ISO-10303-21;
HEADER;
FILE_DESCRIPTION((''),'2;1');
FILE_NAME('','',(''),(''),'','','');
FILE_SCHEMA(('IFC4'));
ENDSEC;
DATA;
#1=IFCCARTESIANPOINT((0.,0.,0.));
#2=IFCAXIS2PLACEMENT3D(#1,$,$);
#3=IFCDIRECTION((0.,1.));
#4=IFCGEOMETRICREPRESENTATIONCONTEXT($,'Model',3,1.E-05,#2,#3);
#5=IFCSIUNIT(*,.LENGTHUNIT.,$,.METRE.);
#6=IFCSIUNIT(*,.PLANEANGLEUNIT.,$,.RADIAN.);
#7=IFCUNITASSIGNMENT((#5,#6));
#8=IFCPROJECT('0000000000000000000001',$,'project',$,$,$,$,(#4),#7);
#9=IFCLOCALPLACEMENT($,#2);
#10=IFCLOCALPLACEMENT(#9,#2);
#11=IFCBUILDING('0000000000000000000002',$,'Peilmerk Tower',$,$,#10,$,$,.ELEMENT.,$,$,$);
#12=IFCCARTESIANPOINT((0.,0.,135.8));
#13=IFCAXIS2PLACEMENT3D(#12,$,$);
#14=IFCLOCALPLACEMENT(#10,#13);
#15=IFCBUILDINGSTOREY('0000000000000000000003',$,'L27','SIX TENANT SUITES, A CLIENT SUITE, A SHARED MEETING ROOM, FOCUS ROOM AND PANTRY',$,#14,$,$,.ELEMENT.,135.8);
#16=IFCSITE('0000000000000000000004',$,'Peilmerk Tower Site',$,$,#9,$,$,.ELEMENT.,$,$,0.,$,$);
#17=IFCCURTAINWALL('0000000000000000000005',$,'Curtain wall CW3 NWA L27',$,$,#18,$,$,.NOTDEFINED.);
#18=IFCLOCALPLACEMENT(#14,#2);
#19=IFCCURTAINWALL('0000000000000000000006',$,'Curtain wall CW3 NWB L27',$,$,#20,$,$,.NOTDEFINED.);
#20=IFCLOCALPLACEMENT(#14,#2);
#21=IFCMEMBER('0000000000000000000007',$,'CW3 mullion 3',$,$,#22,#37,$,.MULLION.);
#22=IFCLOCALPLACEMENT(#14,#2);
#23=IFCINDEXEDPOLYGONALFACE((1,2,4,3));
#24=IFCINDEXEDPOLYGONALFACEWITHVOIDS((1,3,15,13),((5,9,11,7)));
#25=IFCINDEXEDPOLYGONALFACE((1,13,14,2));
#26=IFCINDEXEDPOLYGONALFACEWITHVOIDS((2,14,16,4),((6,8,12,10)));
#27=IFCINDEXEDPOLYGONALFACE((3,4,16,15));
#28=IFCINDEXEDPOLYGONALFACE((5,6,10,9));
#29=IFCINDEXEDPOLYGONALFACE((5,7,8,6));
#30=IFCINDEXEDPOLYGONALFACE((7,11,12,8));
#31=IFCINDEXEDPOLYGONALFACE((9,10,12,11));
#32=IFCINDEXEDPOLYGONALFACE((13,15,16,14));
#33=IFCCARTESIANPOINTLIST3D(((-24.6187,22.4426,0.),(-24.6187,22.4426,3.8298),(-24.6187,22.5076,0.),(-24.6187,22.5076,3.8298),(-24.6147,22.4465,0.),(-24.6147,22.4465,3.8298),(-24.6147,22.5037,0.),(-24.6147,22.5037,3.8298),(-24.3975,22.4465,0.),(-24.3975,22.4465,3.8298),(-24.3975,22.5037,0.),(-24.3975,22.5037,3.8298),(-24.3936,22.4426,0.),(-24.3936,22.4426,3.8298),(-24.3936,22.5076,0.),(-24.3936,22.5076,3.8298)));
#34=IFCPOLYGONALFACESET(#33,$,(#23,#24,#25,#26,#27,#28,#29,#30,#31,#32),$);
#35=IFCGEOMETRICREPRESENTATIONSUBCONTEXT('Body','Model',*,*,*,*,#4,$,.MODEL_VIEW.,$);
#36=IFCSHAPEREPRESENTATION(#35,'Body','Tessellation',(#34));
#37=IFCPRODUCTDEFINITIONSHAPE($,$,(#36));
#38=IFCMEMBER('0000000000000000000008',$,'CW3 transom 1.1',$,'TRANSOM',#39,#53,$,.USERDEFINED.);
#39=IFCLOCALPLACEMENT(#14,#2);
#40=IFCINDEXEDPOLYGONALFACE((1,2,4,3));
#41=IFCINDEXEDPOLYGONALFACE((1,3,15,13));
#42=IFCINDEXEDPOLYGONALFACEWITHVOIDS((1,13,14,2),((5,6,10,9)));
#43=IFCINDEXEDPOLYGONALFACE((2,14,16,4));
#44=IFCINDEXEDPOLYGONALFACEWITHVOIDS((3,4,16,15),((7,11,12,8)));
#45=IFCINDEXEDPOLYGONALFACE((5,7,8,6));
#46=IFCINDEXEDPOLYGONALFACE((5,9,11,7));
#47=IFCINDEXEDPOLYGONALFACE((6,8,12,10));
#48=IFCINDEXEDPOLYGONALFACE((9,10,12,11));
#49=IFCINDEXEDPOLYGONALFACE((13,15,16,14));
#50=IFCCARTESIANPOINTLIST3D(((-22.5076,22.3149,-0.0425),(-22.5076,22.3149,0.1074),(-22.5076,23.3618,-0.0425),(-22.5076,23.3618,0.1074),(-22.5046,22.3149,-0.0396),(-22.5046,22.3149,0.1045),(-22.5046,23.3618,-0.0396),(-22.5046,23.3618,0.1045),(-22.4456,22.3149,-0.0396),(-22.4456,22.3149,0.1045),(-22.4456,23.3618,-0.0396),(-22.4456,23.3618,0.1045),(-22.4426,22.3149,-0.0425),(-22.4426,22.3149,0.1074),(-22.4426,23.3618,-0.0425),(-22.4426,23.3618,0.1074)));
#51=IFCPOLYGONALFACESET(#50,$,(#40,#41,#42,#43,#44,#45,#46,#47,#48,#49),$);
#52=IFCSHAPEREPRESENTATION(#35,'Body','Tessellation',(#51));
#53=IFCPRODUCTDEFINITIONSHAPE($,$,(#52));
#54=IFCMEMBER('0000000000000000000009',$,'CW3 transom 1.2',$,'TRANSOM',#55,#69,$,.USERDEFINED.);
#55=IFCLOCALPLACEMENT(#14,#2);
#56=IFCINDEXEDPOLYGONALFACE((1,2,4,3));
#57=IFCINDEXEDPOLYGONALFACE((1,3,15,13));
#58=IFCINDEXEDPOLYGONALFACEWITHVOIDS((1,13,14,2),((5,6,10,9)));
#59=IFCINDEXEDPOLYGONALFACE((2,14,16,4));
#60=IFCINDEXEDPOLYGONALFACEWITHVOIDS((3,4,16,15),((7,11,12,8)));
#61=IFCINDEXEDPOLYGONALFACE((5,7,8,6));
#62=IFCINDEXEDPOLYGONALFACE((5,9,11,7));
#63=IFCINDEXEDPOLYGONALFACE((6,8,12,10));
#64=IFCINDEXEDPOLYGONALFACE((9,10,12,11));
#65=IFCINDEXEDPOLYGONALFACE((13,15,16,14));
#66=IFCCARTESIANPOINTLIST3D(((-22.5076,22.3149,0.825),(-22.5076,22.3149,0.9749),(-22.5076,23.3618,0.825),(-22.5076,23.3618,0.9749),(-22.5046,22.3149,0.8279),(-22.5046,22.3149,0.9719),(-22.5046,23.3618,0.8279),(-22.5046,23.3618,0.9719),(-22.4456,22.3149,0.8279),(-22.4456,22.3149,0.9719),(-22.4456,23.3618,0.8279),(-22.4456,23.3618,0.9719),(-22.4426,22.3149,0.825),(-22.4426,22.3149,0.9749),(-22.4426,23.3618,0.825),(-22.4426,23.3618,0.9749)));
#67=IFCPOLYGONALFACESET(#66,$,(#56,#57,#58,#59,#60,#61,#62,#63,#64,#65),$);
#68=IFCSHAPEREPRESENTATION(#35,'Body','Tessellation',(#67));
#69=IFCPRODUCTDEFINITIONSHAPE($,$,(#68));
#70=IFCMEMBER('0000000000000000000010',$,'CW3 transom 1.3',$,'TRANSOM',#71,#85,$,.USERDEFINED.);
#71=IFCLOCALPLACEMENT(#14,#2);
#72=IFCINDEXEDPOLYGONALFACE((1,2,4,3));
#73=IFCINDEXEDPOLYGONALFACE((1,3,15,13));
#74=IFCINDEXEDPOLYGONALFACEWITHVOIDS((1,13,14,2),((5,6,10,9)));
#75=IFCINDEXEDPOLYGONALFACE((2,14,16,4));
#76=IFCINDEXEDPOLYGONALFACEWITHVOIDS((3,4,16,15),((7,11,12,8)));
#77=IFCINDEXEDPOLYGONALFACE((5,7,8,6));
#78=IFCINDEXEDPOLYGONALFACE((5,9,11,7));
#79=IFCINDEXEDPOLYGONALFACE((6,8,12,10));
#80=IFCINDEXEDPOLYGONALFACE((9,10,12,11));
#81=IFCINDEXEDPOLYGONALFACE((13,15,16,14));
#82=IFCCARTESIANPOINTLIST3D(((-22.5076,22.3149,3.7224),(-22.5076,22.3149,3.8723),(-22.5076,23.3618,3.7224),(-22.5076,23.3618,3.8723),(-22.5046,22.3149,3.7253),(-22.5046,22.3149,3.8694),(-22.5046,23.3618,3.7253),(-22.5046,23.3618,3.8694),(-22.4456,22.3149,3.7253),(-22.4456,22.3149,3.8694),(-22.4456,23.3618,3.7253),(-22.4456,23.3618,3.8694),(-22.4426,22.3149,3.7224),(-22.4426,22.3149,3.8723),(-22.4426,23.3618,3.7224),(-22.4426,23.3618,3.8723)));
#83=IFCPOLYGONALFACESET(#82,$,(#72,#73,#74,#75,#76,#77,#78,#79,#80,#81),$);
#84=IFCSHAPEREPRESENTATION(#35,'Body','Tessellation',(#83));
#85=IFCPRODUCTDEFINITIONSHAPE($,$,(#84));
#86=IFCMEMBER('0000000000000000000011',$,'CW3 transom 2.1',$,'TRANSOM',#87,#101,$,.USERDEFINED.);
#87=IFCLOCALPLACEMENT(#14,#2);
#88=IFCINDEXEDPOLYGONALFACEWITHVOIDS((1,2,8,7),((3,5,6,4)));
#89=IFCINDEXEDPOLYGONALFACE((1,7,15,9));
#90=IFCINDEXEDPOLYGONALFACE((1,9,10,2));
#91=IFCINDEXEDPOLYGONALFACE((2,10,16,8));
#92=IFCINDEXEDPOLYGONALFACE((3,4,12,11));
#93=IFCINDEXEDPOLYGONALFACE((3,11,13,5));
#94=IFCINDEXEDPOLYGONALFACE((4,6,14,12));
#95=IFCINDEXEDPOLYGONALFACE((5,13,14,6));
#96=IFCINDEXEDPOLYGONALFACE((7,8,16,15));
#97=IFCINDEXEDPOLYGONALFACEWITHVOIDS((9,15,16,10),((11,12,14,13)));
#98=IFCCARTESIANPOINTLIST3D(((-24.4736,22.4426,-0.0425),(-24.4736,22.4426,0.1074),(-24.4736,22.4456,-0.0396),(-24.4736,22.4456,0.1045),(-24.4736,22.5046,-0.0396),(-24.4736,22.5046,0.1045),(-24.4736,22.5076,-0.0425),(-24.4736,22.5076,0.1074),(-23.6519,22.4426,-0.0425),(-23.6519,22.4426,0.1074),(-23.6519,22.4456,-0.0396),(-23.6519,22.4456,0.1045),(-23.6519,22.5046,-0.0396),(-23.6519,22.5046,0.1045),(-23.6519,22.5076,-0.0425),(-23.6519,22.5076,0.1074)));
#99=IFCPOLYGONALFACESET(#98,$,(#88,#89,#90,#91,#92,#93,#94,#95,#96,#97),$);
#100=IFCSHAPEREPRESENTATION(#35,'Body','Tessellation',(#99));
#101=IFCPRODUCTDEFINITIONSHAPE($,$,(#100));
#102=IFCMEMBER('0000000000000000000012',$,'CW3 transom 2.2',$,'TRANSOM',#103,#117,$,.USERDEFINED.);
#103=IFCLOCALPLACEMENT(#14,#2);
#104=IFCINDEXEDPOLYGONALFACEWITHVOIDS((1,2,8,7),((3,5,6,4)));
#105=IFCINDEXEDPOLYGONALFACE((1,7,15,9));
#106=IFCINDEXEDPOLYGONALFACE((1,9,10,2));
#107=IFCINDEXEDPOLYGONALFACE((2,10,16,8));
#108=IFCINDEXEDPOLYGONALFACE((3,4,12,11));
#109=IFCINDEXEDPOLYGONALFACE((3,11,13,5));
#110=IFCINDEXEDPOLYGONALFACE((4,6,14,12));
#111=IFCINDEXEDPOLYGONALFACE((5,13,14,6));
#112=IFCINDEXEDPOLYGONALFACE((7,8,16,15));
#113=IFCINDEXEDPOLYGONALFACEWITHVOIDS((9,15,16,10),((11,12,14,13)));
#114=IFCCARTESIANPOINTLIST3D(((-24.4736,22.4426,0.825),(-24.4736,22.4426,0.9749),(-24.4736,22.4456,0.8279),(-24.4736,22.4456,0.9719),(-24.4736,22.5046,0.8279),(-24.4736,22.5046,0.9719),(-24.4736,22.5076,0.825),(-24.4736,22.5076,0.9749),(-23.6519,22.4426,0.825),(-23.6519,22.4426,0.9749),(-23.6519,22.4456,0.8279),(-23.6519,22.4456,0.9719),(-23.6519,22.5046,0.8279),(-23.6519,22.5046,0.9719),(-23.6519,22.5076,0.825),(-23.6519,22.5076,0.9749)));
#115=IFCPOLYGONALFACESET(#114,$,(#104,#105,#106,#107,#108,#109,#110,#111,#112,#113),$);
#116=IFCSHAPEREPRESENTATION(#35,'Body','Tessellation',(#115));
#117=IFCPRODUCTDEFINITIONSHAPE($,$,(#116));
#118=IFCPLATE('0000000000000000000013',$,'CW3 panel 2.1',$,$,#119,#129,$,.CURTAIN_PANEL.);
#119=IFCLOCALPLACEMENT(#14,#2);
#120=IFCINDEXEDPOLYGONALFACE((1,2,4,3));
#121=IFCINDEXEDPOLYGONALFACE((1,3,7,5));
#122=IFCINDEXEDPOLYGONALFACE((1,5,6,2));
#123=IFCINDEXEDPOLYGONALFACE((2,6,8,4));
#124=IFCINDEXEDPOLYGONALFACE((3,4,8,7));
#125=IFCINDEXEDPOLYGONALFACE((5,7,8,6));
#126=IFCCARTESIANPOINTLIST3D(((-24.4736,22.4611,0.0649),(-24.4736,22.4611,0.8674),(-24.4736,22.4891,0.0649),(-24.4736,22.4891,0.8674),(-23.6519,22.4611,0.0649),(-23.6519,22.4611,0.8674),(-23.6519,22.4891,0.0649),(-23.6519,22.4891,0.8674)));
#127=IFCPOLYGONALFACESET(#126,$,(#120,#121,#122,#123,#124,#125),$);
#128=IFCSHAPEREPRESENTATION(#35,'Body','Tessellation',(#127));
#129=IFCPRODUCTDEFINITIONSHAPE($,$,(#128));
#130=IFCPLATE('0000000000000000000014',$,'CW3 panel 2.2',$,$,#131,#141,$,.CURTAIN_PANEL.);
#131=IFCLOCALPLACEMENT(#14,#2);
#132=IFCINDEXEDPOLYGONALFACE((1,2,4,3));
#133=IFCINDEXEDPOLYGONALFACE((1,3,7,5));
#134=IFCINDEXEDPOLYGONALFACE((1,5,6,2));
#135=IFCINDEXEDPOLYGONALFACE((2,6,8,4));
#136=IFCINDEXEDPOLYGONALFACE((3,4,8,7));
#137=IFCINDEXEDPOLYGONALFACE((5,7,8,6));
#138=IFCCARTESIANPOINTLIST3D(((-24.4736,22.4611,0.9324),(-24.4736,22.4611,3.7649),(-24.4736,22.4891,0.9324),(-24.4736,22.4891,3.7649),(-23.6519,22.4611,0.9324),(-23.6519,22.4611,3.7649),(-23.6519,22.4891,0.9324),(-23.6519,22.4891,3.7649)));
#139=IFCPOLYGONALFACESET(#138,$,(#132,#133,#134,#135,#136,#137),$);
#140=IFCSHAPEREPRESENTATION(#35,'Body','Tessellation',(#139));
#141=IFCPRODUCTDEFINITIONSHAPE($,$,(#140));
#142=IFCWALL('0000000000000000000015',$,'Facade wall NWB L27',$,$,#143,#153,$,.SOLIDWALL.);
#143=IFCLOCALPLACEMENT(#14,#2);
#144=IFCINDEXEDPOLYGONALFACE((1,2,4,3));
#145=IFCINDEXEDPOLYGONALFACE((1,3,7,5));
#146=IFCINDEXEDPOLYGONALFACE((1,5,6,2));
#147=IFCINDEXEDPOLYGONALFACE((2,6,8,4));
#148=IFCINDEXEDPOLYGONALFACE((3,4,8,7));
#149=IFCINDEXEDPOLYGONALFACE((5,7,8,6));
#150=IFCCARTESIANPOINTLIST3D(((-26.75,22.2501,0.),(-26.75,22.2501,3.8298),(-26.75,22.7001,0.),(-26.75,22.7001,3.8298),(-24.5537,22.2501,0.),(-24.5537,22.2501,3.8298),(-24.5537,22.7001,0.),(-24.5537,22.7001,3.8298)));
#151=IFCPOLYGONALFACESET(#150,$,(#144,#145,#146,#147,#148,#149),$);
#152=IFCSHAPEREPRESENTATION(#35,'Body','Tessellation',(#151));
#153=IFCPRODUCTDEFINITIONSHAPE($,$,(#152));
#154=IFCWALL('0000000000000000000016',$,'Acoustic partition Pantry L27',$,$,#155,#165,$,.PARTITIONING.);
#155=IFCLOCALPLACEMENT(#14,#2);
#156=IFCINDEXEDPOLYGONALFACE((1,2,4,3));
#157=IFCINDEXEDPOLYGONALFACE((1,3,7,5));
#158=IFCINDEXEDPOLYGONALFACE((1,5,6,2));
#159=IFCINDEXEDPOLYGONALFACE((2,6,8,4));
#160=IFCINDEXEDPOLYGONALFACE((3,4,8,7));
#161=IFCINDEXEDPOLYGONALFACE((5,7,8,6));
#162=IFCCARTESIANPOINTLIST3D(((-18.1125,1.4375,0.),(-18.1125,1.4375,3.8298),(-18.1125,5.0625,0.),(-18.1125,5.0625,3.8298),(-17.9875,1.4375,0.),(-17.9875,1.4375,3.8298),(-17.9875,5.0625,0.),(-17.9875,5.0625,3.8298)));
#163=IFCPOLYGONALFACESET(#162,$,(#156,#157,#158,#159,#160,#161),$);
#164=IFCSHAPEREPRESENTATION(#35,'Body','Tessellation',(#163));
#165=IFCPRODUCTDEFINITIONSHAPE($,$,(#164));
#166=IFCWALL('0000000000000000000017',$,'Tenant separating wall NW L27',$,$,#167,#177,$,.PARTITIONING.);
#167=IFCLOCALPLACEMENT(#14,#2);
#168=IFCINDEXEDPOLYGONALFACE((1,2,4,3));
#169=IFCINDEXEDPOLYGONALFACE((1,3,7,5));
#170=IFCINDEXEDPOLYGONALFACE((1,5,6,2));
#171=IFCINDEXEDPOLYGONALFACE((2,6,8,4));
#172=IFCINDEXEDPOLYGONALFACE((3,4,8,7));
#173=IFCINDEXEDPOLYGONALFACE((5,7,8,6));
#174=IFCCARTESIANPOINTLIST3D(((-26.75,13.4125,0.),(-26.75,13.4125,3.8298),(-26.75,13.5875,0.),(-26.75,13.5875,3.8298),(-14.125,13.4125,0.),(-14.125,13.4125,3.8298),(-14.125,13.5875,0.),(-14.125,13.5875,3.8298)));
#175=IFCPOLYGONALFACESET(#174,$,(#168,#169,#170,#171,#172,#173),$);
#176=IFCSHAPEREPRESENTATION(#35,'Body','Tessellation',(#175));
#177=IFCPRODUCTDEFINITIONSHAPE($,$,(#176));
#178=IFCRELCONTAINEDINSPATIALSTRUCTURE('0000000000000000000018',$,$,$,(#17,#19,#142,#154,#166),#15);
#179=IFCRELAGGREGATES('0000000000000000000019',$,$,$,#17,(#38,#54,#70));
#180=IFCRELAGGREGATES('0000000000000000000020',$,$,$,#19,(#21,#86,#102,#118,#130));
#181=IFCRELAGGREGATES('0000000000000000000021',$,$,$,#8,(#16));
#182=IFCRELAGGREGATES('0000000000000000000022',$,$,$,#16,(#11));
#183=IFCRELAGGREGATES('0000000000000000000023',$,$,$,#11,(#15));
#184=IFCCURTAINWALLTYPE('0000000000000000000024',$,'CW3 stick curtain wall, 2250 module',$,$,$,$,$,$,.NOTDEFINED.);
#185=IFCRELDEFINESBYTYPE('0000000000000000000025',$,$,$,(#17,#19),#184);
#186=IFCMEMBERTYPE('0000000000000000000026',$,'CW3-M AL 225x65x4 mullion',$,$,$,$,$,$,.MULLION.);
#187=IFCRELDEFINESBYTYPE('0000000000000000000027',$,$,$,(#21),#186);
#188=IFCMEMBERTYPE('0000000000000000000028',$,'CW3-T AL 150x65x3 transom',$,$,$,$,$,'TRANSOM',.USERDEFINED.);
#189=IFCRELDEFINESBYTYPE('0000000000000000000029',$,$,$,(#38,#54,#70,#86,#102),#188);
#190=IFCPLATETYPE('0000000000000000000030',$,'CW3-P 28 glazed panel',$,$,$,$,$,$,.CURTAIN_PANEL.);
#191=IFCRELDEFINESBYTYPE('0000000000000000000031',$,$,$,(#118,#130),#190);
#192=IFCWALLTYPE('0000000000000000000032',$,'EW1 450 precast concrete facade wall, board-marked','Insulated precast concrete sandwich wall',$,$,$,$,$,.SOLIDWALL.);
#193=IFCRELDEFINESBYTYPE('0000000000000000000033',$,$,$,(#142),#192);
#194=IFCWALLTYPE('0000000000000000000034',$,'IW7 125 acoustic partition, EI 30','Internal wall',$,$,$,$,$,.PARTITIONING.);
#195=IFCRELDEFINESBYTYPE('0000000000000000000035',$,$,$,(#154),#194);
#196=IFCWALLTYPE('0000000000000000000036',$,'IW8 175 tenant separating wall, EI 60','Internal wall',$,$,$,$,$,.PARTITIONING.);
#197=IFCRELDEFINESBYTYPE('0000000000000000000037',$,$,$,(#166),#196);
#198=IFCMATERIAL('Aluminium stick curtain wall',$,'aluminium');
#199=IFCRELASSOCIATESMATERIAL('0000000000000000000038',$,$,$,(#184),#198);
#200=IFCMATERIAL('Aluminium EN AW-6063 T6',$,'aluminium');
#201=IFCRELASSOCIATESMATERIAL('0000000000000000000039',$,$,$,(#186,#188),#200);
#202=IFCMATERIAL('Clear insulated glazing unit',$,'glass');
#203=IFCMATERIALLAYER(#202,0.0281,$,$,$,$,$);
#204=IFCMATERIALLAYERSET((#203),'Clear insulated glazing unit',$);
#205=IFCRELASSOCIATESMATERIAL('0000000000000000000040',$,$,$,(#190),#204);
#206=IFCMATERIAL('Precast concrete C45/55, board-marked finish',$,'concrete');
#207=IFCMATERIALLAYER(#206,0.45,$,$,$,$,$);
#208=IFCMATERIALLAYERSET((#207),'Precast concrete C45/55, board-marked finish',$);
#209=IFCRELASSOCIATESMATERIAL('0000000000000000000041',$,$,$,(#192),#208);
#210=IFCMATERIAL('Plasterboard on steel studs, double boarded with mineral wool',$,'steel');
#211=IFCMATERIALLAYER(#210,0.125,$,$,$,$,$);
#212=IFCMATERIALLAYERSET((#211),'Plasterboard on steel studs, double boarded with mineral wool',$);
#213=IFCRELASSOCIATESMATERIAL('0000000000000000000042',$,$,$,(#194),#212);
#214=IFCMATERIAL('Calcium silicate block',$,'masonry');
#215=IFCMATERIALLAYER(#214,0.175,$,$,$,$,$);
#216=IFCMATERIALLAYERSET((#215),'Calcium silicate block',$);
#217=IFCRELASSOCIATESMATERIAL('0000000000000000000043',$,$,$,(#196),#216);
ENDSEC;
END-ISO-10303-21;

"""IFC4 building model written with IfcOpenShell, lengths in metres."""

from ifc_helpers import new_model, si_unit, direction, frame, frame_2d, origin, origin_2d, place, context, subcontext, project, spatial, rectangle, hollow_rectangle, extrude, material, layer, layer_set, material_profile, profile_set, type_object, element, aggregate, save


model = new_model("IFC4")

# Units and contexts
model_context = context("Model", 3, precision=1e-05, world=origin(), true_north=direction((0.0, 1.0)))
body_context = subcontext(model_context, "Body", "Model", "MODEL_VIEW")
ifc_project = project(units=[si_unit("LENGTHUNIT", "METRE"), si_unit("PLANEANGLEUNIT", "RADIAN")], contexts=[model_context])

# Site, building, storey
site_placement = place(None, origin())
site = spatial("IfcSite", under=ifc_project, at=site_placement, Name="Peilmerk Tower Site", CompositionType="ELEMENT", RefElevation=0.0)
building_placement = place(site_placement, origin())
building = spatial("IfcBuilding", under=site, at=building_placement, Name="Peilmerk Tower", CompositionType="ELEMENT")
storey_placement = place(building_placement, frame((0.0, 0.0, 135.8)))
storey = spatial("IfcBuildingStorey", under=building, at=storey_placement, Name="L27", Description="SIX TENANT SUITES, A CLIENT SUITE, A SHARED MEETING ROOM, FOCUS ROOM AND PANTRY", CompositionType="ELEMENT", Elevation=135.8)

# Curtain walls, member
ifc_material_1 = material(Name="Aluminium stick curtain wall", Category="aluminium")
curtain_wall_type = type_object("IfcCurtainWallType", Name="CW3 stick curtain wall, 2250 module", PredefinedType="NOTDEFINED", material=ifc_material_1)
curtain_wall_1_placement = place(storey_placement, origin())
curtain_wall_1 = element("IfcCurtainWall", 1, at=curtain_wall_1_placement, inside=storey, type_object=curtain_wall_type, Name="Curtain wall CW3 NWA L27", PredefinedType="NOTDEFINED")
ifc_material_2 = material(Name="Aluminium EN AW-6063 T6", Category="aluminium")
ifc_material_profile_1 = material_profile(ifc_material_2, hollow_rectangle(XDim=0.0649, YDim=0.2251, WallThickness=0.0039, at=origin_2d()), Name="AL 225x65x4")
ifc_profile_set_1 = profile_set([ifc_material_profile_1], Name="Aluminium EN AW-6063 T6")
member_type_1 = type_object("IfcMemberType", Name="CW3-M AL 225x65x4 mullion", PredefinedType="MULLION", material=ifc_profile_set_1)
curtain_wall_2_placement = place(storey_placement, origin())
curtain_wall_2 = element("IfcCurtainWall", 2, at=curtain_wall_2_placement, inside=storey, type_object=curtain_wall_type, Name="Curtain wall CW3 NWB L27", PredefinedType="NOTDEFINED")
member_1_placement = place(storey_placement, frame((-24.5061, 22.4751, 0.0), z_axis=(0.0, 0.0, 1.0), x_axis=(0.0, -1.0, 0.0)))
member_1 = element("IfcMember", 3, at=member_1_placement, type_object=member_type_1, Name="CW3 mullion 3", PredefinedType="MULLION", context=body_context, shape_type="SweptSolid", body=[
    extrude(hollow_rectangle(XDim=0.0649, YDim=0.2251, WallThickness=0.0039, at=origin_2d()), origin(), (0.0, 0.0, 1.0), 3.8298),
])

# Members
ifc_material_profile_2 = material_profile(ifc_material_2, hollow_rectangle(XDim=0.0649, YDim=0.1499, WallThickness=0.0029, at=origin_2d()), Name="AL 150x65x3")
ifc_profile_set_2 = profile_set([ifc_material_profile_2], Name="Aluminium EN AW-6063 T6")
member_type_2 = type_object("IfcMemberType", Name="CW3-T AL 150x65x3 transom", ElementType="TRANSOM", PredefinedType="USERDEFINED", material=ifc_profile_set_2)
member_2_placement = place(storey_placement, frame((-22.4751, 22.3149, 0.0325), z_axis=(0.0, 1.0, 0.0), x_axis=(-1.0, 0.0, 0.0)))
member_2 = element("IfcMember", 4, at=member_2_placement, type_object=member_type_2, Name="CW3 transom 1.1", ObjectType="TRANSOM", PredefinedType="USERDEFINED", context=body_context, shape_type="SweptSolid", body=[
    extrude(hollow_rectangle(XDim=0.0649, YDim=0.1499, WallThickness=0.0029, at=origin_2d()), origin(), (0.0, 0.0, 1.0), 1.0469),
])
member_3_placement = place(storey_placement, frame((-22.4751, 22.3149, 0.8999), z_axis=(0.0, 1.0, 0.0), x_axis=(-1.0, 0.0, 0.0)))
member_3 = element("IfcMember", 5, at=member_3_placement, type_object=member_type_2, Name="CW3 transom 1.2", ObjectType="TRANSOM", PredefinedType="USERDEFINED", context=body_context, shape_type="SweptSolid", body=[
    extrude(hollow_rectangle(XDim=0.0649, YDim=0.1499, WallThickness=0.0029, at=origin_2d()), origin(), (0.0, 0.0, 1.0), 1.0469),
])
member_4_placement = place(storey_placement, frame((-22.4751, 22.3149, 3.7974), z_axis=(0.0, 1.0, 0.0), x_axis=(-1.0, 0.0, 0.0)))
member_4 = element("IfcMember", 6, at=member_4_placement, type_object=member_type_2, Name="CW3 transom 1.3", ObjectType="TRANSOM", PredefinedType="USERDEFINED", context=body_context, shape_type="SweptSolid", body=[
    extrude(hollow_rectangle(XDim=0.0649, YDim=0.1499, WallThickness=0.0029, at=origin_2d()), origin(), (0.0, 0.0, 1.0), 1.0469),
])
aggregate(curtain_wall_1, [member_2, member_3, member_4])
member_5_placement = place(storey_placement, frame((-23.6519, 22.4751, 0.0325), z_axis=(-1.0, 0.0, 0.0), x_axis=(0.0, -1.0, 0.0)))
member_5 = element("IfcMember", 7, at=member_5_placement, type_object=member_type_2, Name="CW3 transom 2.1", ObjectType="TRANSOM", PredefinedType="USERDEFINED", context=body_context, shape_type="SweptSolid", body=[
    extrude(hollow_rectangle(XDim=0.0649, YDim=0.1499, WallThickness=0.0029, at=origin_2d()), origin(), (0.0, 0.0, 1.0), 0.8218),
])
member_6_placement = place(storey_placement, frame((-23.6519, 22.4751, 0.8999), z_axis=(-1.0, 0.0, 0.0), x_axis=(0.0, -1.0, 0.0)))
member_6 = element("IfcMember", 8, at=member_6_placement, type_object=member_type_2, Name="CW3 transom 2.2", ObjectType="TRANSOM", PredefinedType="USERDEFINED", context=body_context, shape_type="SweptSolid", body=[
    extrude(hollow_rectangle(XDim=0.0649, YDim=0.1499, WallThickness=0.0029, at=origin_2d()), origin(), (0.0, 0.0, 1.0), 0.8218),
])

# Plates
ifc_material_3 = material(Name="Clear insulated glazing unit", Category="glass")
ifc_layer_1 = layer(ifc_material_3, 0.0281)
ifc_layer_set_1 = layer_set([ifc_layer_1], Name="Clear insulated glazing unit")
plate_type = type_object("IfcPlateType", Name="CW3-P 28 glazed panel", PredefinedType="CURTAIN_PANEL", material=ifc_layer_set_1)
plate_1_placement = place(storey_placement, frame((-24.0627, 22.4751, 0.0649), z_axis=(0.0, 0.0, 1.0), x_axis=(-1.0, 0.0, 0.0)))
plate_1 = element("IfcPlate", 9, at=plate_1_placement, type_object=plate_type, Name="CW3 panel 2.1", PredefinedType="CURTAIN_PANEL", context=body_context, shape_type="SweptSolid", body=[
    extrude(rectangle(XDim=0.8218, YDim=0.0281, at=origin_2d()), origin(), (0.0, 0.0, 1.0), 0.8025),
])
plate_2_placement = place(storey_placement, frame((-24.0627, 22.4751, 0.9324), z_axis=(0.0, 0.0, 1.0), x_axis=(-1.0, 0.0, 0.0)))
plate_2 = element("IfcPlate", 10, at=plate_2_placement, type_object=plate_type, Name="CW3 panel 2.2", PredefinedType="CURTAIN_PANEL", context=body_context, shape_type="SweptSolid", body=[
    extrude(rectangle(XDim=0.8218, YDim=0.0281, at=origin_2d()), origin(), (0.0, 0.0, 1.0), 2.8325),
])
aggregate(curtain_wall_2, [member_1, member_5, member_6, plate_1, plate_2])

# Walls
ifc_material_4 = material(Name="Precast concrete C45/55, board-marked finish", Category="concrete")
ifc_layer_2 = layer(ifc_material_4, 0.45)
ifc_layer_set_2 = layer_set([ifc_layer_2], Name="Precast concrete C45/55, board-marked finish")
wall_type_1 = type_object("IfcWallType", Name="EW1 450 precast concrete facade wall, board-marked", Description="Insulated precast concrete sandwich wall", PredefinedType="SOLIDWALL", material=ifc_layer_set_2)
wall_1_placement = place(storey_placement, frame((-24.5537, 22.4751, 0.0), z_axis=(0.0, 0.0, 1.0), x_axis=(-1.0, 0.0, 0.0)))
element("IfcWall", 11, at=wall_1_placement, inside=storey, type_object=wall_type_1, Name="Facade wall NWB L27", PredefinedType="SOLIDWALL", context=body_context, shape_type="SweptSolid", body=[
    extrude(rectangle(XDim=2.1963, YDim=0.45, at=frame_2d((1.0981, 0.0))), origin(), (0.0, 0.0, 1.0), 3.8298),
])
ifc_material_5 = material(Name="Plasterboard on steel studs, double boarded with mineral wool", Category="steel")
ifc_layer_3 = layer(ifc_material_5, 0.125)
ifc_layer_set_3 = layer_set([ifc_layer_3], Name="Plasterboard on steel studs, double boarded with mineral wool")
wall_type_2 = type_object("IfcWallType", Name="IW7 125 acoustic partition, EI 30", Description="Internal wall", PredefinedType="PARTITIONING", material=ifc_layer_set_3)
wall_2_placement = place(storey_placement, frame((-18.05, 1.4375, 0.0), z_axis=(0.0, 0.0, 1.0), x_axis=(0.0, 1.0, 0.0)))
element("IfcWall", 12, at=wall_2_placement, inside=storey, type_object=wall_type_2, Name="Acoustic partition Pantry L27", PredefinedType="PARTITIONING", context=body_context, shape_type="SweptSolid", body=[
    extrude(rectangle(XDim=3.625, YDim=0.125, at=frame_2d((1.8125, 0.0))), origin(), (0.0, 0.0, 1.0), 3.8298),
])
ifc_material_6 = material(Name="Calcium silicate block", Category="masonry")
ifc_layer_4 = layer(ifc_material_6, 0.175)
ifc_layer_set_4 = layer_set([ifc_layer_4], Name="Calcium silicate block")
wall_type_3 = type_object("IfcWallType", Name="IW8 175 tenant separating wall, EI 60", Description="Internal wall", PredefinedType="PARTITIONING", material=ifc_layer_set_4)
wall_3_placement = place(storey_placement, frame((-26.75, 13.5, 0.0), z_axis=(0.0, 0.0, 1.0), x_axis=(1.0, 0.0, 0.0)))
element("IfcWall", 13, at=wall_3_placement, inside=storey, type_object=wall_type_3, Name="Tenant separating wall NW L27", PredefinedType="PARTITIONING", context=body_context, shape_type="SweptSolid", body=[
    extrude(rectangle(XDim=12.625, YDim=0.175, at=frame_2d((6.3125, 0.0))), origin(), (0.0, 0.0, 1.0), 3.8298),
])

save(model, "model.ifc")
